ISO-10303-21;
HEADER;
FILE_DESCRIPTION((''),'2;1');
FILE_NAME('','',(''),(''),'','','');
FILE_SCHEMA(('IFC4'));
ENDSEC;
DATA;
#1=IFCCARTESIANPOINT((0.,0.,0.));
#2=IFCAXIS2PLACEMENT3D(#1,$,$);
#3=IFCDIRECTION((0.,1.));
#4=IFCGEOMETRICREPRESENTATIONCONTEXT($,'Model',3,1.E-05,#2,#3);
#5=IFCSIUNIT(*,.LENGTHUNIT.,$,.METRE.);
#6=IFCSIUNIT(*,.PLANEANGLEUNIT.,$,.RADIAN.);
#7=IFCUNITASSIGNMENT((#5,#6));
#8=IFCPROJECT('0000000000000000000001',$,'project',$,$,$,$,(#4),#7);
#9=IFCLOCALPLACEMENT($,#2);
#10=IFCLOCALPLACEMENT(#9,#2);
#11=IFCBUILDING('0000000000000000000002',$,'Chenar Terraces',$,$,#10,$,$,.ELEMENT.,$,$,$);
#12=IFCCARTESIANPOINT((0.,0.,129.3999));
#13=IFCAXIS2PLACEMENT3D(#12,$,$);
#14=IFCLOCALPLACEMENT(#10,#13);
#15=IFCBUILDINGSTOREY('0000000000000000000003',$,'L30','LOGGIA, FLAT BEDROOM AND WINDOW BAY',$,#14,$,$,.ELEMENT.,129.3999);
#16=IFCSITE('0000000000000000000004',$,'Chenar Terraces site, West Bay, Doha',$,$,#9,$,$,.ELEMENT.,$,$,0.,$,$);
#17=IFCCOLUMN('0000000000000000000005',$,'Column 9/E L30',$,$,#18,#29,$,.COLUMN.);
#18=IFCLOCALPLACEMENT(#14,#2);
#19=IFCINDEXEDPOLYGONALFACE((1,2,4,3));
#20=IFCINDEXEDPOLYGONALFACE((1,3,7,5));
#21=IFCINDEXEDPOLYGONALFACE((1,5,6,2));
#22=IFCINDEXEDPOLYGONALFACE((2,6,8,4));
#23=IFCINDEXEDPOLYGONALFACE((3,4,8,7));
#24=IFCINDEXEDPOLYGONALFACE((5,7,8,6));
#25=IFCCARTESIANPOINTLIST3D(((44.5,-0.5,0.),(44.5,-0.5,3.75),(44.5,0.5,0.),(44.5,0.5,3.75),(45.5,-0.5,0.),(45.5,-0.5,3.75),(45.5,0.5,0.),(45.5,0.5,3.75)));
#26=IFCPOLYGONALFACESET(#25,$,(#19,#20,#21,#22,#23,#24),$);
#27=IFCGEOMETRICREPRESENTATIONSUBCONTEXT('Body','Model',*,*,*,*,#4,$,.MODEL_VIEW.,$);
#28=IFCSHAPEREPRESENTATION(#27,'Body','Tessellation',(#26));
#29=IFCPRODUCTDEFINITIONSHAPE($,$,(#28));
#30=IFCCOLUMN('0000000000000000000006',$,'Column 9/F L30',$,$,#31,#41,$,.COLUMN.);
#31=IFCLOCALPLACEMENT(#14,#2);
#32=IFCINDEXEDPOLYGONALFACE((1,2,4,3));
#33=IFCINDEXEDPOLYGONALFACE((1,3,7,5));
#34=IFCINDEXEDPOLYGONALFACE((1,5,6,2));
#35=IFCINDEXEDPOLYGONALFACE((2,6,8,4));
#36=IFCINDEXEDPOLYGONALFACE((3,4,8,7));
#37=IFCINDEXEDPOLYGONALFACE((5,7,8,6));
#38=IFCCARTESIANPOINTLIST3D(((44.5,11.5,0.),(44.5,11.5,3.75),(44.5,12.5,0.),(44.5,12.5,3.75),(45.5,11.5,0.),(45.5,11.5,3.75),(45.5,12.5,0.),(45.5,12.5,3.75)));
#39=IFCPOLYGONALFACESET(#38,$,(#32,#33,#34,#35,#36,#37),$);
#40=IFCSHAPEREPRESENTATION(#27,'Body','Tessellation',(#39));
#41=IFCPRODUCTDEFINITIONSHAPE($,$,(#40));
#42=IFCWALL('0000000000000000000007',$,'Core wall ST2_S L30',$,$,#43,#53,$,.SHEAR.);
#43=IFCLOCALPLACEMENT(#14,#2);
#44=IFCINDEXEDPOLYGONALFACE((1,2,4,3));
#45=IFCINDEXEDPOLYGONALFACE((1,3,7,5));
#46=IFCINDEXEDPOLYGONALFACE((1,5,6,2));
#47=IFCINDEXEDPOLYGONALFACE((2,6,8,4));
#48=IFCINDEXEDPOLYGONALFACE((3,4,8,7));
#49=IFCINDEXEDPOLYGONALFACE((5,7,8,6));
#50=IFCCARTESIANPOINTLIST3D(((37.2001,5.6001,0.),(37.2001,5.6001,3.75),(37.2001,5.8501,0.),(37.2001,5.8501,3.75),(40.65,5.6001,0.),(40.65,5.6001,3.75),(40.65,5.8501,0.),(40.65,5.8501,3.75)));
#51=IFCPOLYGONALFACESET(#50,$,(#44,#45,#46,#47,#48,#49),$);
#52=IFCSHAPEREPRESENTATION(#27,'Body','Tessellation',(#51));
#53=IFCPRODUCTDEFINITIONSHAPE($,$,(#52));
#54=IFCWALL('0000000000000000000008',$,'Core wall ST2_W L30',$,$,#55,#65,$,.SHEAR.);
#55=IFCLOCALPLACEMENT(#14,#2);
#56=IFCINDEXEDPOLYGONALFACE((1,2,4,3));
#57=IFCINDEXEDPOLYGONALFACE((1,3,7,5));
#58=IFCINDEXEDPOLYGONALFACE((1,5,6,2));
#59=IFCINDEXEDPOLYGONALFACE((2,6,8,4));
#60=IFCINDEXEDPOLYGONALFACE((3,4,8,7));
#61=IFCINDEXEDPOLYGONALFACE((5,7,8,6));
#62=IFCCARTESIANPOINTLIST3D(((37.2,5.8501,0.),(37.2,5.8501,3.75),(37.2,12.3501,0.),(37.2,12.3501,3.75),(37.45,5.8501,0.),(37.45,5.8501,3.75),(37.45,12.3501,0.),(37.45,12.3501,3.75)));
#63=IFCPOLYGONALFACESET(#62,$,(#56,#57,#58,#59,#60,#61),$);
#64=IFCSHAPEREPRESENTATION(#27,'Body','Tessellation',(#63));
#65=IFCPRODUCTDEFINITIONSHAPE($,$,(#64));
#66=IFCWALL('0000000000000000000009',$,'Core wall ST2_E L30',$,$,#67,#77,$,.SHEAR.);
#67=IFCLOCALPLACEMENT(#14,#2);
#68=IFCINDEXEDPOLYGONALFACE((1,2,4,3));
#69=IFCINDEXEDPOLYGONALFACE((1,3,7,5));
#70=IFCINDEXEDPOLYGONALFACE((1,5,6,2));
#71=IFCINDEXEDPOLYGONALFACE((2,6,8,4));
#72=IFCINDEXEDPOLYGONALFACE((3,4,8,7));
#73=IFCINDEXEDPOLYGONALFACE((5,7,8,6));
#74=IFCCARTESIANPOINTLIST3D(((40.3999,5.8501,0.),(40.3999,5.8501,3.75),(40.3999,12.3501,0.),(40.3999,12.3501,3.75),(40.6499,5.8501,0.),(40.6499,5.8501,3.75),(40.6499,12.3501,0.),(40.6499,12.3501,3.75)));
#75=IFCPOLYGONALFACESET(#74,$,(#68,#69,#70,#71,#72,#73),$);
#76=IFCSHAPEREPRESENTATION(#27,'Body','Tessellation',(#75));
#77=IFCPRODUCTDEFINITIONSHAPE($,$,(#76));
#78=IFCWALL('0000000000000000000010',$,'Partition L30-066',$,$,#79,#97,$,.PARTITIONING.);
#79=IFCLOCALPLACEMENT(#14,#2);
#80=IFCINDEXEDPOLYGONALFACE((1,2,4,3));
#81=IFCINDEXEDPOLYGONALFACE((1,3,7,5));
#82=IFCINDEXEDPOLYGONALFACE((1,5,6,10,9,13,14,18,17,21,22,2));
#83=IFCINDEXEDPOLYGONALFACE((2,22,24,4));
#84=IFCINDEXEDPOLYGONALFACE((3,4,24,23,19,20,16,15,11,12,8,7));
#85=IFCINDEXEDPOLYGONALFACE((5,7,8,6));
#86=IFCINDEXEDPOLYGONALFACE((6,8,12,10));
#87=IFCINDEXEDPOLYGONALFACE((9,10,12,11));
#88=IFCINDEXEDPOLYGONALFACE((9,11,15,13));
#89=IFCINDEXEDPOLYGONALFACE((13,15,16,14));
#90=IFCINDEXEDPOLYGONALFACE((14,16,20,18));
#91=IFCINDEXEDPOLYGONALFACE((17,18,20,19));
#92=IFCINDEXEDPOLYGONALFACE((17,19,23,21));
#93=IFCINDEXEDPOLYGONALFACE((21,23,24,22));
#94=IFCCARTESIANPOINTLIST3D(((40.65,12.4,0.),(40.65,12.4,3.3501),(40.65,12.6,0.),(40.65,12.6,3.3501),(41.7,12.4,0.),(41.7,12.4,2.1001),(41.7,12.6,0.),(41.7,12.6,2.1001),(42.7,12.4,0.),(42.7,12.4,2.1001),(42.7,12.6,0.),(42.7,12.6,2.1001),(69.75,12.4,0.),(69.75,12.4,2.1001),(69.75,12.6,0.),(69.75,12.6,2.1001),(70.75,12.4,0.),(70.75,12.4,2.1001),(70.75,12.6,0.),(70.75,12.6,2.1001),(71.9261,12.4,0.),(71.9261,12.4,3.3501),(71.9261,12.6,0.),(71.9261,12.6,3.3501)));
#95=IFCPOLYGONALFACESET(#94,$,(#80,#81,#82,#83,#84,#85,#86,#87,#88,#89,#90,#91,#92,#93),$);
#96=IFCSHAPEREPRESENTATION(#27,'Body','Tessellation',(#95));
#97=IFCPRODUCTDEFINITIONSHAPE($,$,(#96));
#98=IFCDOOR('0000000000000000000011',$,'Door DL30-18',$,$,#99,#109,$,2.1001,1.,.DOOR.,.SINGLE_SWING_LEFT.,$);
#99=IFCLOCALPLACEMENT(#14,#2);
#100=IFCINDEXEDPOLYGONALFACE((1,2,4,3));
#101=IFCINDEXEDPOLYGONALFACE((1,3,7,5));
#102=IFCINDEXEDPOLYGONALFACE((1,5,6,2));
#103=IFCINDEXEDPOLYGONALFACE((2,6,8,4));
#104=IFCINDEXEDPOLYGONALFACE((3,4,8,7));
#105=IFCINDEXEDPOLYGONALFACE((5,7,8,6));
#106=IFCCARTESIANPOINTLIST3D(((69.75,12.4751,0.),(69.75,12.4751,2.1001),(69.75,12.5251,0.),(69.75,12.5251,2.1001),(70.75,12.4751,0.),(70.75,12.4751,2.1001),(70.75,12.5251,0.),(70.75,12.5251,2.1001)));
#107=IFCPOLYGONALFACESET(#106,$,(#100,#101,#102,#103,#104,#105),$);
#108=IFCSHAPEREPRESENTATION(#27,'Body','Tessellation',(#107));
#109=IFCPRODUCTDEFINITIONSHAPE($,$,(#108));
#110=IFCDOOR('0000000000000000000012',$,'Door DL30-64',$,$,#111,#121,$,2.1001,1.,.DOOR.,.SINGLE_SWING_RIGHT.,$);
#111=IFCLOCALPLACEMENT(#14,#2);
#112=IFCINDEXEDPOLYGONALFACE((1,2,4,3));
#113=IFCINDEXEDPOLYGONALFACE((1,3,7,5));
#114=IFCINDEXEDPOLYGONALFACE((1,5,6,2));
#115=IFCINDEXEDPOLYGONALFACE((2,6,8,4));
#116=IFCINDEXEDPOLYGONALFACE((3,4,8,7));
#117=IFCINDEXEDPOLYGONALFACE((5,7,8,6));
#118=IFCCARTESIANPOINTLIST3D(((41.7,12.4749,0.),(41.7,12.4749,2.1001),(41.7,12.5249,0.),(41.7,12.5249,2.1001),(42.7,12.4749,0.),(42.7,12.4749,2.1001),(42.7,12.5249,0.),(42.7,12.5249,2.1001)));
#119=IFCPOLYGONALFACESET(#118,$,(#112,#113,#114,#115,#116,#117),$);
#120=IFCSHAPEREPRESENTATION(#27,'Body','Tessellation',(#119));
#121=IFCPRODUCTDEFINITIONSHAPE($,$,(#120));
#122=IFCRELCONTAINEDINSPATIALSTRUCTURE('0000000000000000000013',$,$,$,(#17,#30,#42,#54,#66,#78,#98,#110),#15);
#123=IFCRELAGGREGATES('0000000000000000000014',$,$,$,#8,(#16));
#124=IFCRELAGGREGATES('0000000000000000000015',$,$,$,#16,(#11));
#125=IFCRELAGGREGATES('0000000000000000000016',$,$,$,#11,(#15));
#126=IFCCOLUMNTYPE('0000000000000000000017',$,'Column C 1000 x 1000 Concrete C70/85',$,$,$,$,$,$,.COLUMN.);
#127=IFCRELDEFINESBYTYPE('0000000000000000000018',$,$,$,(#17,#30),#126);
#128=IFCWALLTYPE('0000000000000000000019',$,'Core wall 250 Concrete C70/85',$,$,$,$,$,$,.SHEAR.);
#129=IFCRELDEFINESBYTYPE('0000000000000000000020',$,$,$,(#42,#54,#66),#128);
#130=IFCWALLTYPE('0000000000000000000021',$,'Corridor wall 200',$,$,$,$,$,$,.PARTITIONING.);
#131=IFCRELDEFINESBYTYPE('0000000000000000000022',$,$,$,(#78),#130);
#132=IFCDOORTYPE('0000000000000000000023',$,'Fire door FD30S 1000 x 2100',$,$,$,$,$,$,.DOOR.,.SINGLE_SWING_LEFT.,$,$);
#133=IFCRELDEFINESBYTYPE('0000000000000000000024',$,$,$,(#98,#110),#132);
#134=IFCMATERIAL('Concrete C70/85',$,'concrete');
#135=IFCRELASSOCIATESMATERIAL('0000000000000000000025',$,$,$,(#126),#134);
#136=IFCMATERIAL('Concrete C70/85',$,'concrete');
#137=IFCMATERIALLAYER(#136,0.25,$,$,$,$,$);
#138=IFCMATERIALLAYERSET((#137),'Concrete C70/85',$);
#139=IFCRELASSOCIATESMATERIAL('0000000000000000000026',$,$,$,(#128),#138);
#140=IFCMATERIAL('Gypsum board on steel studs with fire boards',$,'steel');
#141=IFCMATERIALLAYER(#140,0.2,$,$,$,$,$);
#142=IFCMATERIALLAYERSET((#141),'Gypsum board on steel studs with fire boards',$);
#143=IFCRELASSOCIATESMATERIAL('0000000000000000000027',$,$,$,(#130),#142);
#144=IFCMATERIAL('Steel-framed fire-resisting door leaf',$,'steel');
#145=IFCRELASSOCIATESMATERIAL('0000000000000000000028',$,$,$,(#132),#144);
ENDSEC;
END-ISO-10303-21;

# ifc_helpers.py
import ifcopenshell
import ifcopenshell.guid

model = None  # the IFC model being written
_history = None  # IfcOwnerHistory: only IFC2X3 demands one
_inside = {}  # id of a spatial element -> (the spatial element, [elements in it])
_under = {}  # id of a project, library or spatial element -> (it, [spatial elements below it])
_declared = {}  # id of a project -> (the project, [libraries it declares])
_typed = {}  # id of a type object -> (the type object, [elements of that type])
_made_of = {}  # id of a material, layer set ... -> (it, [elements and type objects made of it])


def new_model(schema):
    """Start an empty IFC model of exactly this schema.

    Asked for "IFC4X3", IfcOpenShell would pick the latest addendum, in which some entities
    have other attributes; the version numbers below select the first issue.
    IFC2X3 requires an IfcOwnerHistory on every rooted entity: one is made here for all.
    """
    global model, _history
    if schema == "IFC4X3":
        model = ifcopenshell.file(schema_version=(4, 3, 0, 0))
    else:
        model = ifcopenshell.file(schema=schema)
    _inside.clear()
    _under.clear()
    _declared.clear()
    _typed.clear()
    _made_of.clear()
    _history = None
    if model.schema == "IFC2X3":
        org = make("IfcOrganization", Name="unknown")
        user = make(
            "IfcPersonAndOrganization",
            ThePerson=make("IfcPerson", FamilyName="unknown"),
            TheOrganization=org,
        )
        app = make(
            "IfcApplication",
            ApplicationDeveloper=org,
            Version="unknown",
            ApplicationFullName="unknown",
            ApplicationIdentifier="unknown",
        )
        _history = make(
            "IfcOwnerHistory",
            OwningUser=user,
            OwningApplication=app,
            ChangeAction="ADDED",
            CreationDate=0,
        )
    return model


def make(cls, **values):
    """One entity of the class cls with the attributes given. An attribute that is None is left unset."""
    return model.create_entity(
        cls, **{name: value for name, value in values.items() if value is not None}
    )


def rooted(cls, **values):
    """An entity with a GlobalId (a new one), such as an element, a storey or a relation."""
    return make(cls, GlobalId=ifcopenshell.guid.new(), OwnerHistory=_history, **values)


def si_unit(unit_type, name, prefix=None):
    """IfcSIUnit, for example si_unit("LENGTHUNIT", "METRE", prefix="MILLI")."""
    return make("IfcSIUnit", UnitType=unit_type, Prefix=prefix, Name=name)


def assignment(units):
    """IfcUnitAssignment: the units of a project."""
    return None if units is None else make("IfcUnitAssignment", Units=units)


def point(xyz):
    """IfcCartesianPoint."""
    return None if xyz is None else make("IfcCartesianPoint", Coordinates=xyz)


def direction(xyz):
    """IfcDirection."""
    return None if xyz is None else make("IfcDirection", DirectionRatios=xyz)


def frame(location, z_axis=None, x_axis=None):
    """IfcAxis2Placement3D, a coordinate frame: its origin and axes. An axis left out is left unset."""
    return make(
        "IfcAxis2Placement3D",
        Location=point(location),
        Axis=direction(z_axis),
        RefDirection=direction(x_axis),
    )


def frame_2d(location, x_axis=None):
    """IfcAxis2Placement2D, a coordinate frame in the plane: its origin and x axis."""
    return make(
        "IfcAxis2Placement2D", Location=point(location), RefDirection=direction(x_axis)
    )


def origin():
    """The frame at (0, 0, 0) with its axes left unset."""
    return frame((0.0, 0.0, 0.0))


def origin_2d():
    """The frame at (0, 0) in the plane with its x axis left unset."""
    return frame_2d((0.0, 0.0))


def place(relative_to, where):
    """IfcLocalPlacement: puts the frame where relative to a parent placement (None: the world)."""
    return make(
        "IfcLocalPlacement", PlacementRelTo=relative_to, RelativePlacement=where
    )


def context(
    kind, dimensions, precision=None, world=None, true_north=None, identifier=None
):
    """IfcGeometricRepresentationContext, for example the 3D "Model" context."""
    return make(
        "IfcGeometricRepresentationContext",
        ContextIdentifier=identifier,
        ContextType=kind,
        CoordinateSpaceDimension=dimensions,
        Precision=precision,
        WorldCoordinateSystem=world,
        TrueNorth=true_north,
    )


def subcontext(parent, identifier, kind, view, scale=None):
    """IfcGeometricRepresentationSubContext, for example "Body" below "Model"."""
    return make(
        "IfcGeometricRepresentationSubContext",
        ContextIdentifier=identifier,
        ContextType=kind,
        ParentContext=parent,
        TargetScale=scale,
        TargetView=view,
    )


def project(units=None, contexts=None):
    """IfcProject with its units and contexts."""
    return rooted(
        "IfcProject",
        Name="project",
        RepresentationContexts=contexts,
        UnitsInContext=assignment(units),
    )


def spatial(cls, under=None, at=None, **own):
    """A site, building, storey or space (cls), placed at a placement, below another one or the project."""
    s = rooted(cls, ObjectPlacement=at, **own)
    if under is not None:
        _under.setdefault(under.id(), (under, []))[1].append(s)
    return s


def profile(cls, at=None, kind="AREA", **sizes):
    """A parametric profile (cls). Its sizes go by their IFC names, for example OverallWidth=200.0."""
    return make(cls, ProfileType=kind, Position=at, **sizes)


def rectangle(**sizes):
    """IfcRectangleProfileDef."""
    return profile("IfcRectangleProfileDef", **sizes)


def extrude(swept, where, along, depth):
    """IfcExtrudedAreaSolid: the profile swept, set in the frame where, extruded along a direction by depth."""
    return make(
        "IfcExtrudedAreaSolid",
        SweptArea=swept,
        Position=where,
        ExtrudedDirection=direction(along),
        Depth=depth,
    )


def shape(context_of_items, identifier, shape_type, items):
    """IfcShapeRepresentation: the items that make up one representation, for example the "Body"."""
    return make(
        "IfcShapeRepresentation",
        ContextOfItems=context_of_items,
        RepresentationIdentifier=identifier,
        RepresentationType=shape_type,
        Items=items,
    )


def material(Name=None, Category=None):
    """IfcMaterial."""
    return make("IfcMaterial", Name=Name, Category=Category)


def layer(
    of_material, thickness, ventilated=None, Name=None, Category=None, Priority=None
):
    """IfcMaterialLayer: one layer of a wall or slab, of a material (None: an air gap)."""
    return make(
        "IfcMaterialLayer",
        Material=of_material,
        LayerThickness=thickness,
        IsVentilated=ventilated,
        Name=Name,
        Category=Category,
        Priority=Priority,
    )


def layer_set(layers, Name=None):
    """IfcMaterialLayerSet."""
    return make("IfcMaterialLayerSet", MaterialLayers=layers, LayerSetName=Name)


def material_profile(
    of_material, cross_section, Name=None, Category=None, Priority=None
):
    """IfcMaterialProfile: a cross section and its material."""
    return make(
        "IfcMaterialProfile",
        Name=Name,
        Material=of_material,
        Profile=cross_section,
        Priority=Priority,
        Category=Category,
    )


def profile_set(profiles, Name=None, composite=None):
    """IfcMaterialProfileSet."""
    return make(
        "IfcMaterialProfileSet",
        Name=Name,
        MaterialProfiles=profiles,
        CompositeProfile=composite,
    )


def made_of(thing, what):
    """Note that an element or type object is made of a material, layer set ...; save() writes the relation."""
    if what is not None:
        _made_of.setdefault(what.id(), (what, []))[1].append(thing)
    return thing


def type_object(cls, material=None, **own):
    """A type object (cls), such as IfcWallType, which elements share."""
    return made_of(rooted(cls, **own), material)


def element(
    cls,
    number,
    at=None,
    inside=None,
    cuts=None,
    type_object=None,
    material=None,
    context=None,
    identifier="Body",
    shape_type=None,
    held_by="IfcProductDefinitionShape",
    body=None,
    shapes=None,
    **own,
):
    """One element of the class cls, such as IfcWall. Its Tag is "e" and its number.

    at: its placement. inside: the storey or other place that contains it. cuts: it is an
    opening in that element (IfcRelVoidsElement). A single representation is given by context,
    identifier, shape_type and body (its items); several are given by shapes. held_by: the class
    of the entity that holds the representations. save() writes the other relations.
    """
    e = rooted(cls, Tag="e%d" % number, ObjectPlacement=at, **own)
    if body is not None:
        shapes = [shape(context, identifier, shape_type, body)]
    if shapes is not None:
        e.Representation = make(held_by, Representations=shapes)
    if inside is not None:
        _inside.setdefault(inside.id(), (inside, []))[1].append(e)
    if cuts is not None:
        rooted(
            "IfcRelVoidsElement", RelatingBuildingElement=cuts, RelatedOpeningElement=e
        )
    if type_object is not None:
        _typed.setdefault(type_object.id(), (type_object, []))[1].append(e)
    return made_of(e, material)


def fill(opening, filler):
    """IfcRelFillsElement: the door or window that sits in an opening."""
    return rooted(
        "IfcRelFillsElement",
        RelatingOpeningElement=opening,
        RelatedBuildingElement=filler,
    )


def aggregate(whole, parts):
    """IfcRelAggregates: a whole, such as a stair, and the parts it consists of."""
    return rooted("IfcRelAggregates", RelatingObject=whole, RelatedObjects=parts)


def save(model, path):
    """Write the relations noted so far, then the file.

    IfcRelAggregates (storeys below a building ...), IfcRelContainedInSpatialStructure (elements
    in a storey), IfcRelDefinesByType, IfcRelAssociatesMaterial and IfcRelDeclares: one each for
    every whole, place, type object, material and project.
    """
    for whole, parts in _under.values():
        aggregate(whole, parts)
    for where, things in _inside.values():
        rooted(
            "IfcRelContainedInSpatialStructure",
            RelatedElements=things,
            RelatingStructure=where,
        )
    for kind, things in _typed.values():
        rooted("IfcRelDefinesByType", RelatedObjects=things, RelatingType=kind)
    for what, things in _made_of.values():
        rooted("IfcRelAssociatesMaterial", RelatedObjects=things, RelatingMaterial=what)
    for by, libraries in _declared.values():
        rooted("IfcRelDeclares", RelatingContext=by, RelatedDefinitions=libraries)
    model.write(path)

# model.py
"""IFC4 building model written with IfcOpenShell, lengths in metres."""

from ifc_helpers import new_model, si_unit, direction, frame, frame_2d, origin, origin_2d, place, context, subcontext, project, spatial, rectangle, extrude, material, layer, layer_set, material_profile, profile_set, type_object, element, fill, save


model = new_model("IFC4")

# Units and contexts
model_context = context("Model", 3, precision=1e-05, world=origin(), true_north=direction((0.0, 1.0)))
body_context = subcontext(model_context, "Body", "Model", "MODEL_VIEW")
ifc_project = project(units=[si_unit("LENGTHUNIT", "METRE"), si_unit("PLANEANGLEUNIT", "RADIAN")], contexts=[model_context])

# Site, building, storey
site_placement = place(None, origin())
site = spatial("IfcSite", under=ifc_project, at=site_placement, Name="Chenar Terraces site, West Bay, Doha", CompositionType="ELEMENT", RefElevation=0.0)
building_placement = place(site_placement, origin())
building = spatial("IfcBuilding", under=site, at=building_placement, Name="Chenar Terraces", CompositionType="ELEMENT")
storey_placement = place(building_placement, frame((0.0, 0.0, 129.3999)))
storey = spatial("IfcBuildingStorey", under=building, at=storey_placement, Name="L30", Description="LOGGIA, FLAT BEDROOM AND WINDOW BAY", CompositionType="ELEMENT", Elevation=129.3999)

# Columns
ifc_material_1 = material(Name="Concrete C70/85", Category="concrete")
ifc_material_profile_1 = material_profile(ifc_material_1, rectangle(XDim=1.0, YDim=1.0, at=origin_2d()), Name="C 1000 x 1000")
ifc_profile_set_1 = profile_set([ifc_material_profile_1], Name="Concrete C70/85")
column_type = type_object("IfcColumnType", Name="Column C 1000 x 1000 Concrete C70/85", PredefinedType="COLUMN", material=ifc_profile_set_1)
for number, where, z_axis, x_axis, name in (
    (1, (45.0, 0.0, 0.0), (0.0, 0.0, 1.0), (1.0, 0.0, 0.0), "Column 9/E L30"),
    (2, (45.0, 12.0, 0.0), (0.0, 0.0, 1.0), (1.0, 0.0, 0.0), "Column 9/F L30"),
):
    element("IfcColumn", number, at=place(storey_placement, frame(where, z_axis=z_axis, x_axis=x_axis)), inside=storey, type_object=column_type, Name=name, PredefinedType="COLUMN", context=body_context, shape_type="SweptSolid", body=[
        extrude(rectangle(XDim=1.0, YDim=1.0, at=origin_2d()), origin(), (0.0, 0.0, 1.0), 3.75),
    ])

# Walls
ifc_material_2 = material(Name="Concrete C70/85", Category="concrete")
ifc_layer_1 = layer(ifc_material_2, 0.25)
ifc_layer_set_1 = layer_set([ifc_layer_1], Name="Concrete C70/85")
wall_type_1 = type_object("IfcWallType", Name="Core wall 250 Concrete C70/85", PredefinedType="SHEAR", material=ifc_layer_set_1)
wall_1_placement = place(storey_placement, frame((37.2, 5.7251, 0.0), z_axis=(0.0, 0.0, 1.0), x_axis=(1.0, 0.0, 0.0)))
element("IfcWall", 3, at=wall_1_placement, inside=storey, type_object=wall_type_1, Name="Core wall ST2_S L30", PredefinedType="SHEAR", context=body_context, shape_type="SweptSolid", body=[
    extrude(rectangle(XDim=3.45, YDim=0.25, at=frame_2d((1.7251, 0.0))), origin(), (0.0, 0.0, 1.0), 3.75),
])
for number, where, z_axis, x_axis, name in (
    (4, (37.325, 5.8501, 0.0), (0.0, 0.0, 1.0), (0.0, 1.0, 0.0), "Core wall ST2_W L30"),
    (5, (40.5249, 5.8501, 0.0), (0.0, 0.0, 1.0), (0.0, 1.0, 0.0), "Core wall ST2_E L30"),
):
    element("IfcWall", number, at=place(storey_placement, frame(where, z_axis=z_axis, x_axis=x_axis)), inside=storey, type_object=wall_type_1, Name=name, PredefinedType="SHEAR", context=body_context, shape_type="SweptSolid", body=[
        extrude(rectangle(XDim=6.5, YDim=0.25, at=frame_2d((3.25, 0.0))), origin(), (0.0, 0.0, 1.0), 3.75),
    ])

# Wall, openings, doors
ifc_material_3 = material(Name="Gypsum board on steel studs with fire boards", Category="steel")
ifc_layer_2 = layer(ifc_material_3, 0.2)
ifc_layer_set_2 = layer_set([ifc_layer_2], Name="Gypsum board on steel studs with fire boards")
wall_type_2 = type_object("IfcWallType", Name="Corridor wall 200", PredefinedType="PARTITIONING", material=ifc_layer_set_2)
wall_2_placement = place(storey_placement, frame((40.6499, 12.5, 0.0), z_axis=(0.0, 0.0, 1.0), x_axis=(1.0, 0.0, 0.0)))
wall_2 = element("IfcWall", 6, at=wall_2_placement, inside=storey, type_object=wall_type_2, Name="Partition L30-066", PredefinedType="PARTITIONING", context=body_context, shape_type="SweptSolid", body=[
    extrude(rectangle(XDim=31.2761, YDim=0.2, at=frame_2d((15.6382, 0.0))), origin(), (0.0, 0.0, 1.0), 3.3501),
])
opening_1_placement = place(wall_2_placement, frame((29.1001, 0.0, 0.0)))
opening_1 = element("IfcOpeningElement", 7, at=opening_1_placement, cuts=wall_2, PredefinedType="OPENING", context=body_context, shape_type="SweptSolid", body=[
    extrude(rectangle(XDim=1.0, YDim=2.1001, at=frame_2d((0.5, 1.05))), frame((0.0, 0.1099, 0.0), z_axis=(0.0, -1.0, 0.0), x_axis=(1.0, 0.0, 0.0)), (0.0, 0.0, 1.0), 0.22),
])
opening_2_placement = place(wall_2_placement, frame((1.05, 0.0, 0.0)))
opening_2 = element("IfcOpeningElement", 8, at=opening_2_placement, cuts=wall_2, PredefinedType="OPENING", context=body_context, shape_type="SweptSolid", body=[
    extrude(rectangle(XDim=1.0, YDim=2.1001, at=frame_2d((0.5, 1.05))), frame((0.0, 0.1099, 0.0), z_axis=(0.0, -1.0, 0.0), x_axis=(1.0, 0.0, 0.0)), (0.0, 0.0, 1.0), 0.22),
])
ifc_material_4 = material(Name="Steel-framed fire-resisting door leaf", Category="steel")
door_type_1 = type_object("IfcDoorType", Name="Fire door FD30S 1000 x 2100", OperationType="SINGLE_SWING_LEFT", PredefinedType="DOOR", material=ifc_material_4)
door_1_placement = place(opening_1_placement, frame((1.0, 0.0, 0.0), z_axis=(0.0, 0.0, 1.0), x_axis=(-1.0, 0.0, 0.0)))
door_1 = element("IfcDoor", 9, at=door_1_placement, inside=storey, type_object=door_type_1, Name="Door DL30-18", OperationType="SINGLE_SWING_LEFT", OverallHeight=2.1001, OverallWidth=1.0, PredefinedType="DOOR", context=body_context, shape_type="SweptSolid", body=[
    extrude(rectangle(XDim=1.0, YDim=2.1001, at=frame_2d((0.5, 1.05))), frame((0.0, 0.0249, 0.0), z_axis=(0.0, -1.0, 0.0), x_axis=(1.0, 0.0, 0.0)), (0.0, 0.0, 1.0), 0.05),
])
fill(opening_1, door_1)
door_2_placement = place(opening_2_placement, origin())
door_2 = element("IfcDoor", 10, at=door_2_placement, inside=storey, type_object=door_type_1, Name="Door DL30-64", OperationType="SINGLE_SWING_RIGHT", OverallHeight=2.1001, OverallWidth=1.0, PredefinedType="DOOR", context=body_context, shape_type="SweptSolid", body=[
    extrude(rectangle(XDim=1.0, YDim=2.1001, at=frame_2d((0.5, 1.05))), frame((0.0, 0.0249, 0.0), z_axis=(0.0, -1.0, 0.0), x_axis=(1.0, 0.0, 0.0)), (0.0, 0.0, 1.0), 0.05),
])
fill(opening_2, door_2)

save(model, "model.ifc")
